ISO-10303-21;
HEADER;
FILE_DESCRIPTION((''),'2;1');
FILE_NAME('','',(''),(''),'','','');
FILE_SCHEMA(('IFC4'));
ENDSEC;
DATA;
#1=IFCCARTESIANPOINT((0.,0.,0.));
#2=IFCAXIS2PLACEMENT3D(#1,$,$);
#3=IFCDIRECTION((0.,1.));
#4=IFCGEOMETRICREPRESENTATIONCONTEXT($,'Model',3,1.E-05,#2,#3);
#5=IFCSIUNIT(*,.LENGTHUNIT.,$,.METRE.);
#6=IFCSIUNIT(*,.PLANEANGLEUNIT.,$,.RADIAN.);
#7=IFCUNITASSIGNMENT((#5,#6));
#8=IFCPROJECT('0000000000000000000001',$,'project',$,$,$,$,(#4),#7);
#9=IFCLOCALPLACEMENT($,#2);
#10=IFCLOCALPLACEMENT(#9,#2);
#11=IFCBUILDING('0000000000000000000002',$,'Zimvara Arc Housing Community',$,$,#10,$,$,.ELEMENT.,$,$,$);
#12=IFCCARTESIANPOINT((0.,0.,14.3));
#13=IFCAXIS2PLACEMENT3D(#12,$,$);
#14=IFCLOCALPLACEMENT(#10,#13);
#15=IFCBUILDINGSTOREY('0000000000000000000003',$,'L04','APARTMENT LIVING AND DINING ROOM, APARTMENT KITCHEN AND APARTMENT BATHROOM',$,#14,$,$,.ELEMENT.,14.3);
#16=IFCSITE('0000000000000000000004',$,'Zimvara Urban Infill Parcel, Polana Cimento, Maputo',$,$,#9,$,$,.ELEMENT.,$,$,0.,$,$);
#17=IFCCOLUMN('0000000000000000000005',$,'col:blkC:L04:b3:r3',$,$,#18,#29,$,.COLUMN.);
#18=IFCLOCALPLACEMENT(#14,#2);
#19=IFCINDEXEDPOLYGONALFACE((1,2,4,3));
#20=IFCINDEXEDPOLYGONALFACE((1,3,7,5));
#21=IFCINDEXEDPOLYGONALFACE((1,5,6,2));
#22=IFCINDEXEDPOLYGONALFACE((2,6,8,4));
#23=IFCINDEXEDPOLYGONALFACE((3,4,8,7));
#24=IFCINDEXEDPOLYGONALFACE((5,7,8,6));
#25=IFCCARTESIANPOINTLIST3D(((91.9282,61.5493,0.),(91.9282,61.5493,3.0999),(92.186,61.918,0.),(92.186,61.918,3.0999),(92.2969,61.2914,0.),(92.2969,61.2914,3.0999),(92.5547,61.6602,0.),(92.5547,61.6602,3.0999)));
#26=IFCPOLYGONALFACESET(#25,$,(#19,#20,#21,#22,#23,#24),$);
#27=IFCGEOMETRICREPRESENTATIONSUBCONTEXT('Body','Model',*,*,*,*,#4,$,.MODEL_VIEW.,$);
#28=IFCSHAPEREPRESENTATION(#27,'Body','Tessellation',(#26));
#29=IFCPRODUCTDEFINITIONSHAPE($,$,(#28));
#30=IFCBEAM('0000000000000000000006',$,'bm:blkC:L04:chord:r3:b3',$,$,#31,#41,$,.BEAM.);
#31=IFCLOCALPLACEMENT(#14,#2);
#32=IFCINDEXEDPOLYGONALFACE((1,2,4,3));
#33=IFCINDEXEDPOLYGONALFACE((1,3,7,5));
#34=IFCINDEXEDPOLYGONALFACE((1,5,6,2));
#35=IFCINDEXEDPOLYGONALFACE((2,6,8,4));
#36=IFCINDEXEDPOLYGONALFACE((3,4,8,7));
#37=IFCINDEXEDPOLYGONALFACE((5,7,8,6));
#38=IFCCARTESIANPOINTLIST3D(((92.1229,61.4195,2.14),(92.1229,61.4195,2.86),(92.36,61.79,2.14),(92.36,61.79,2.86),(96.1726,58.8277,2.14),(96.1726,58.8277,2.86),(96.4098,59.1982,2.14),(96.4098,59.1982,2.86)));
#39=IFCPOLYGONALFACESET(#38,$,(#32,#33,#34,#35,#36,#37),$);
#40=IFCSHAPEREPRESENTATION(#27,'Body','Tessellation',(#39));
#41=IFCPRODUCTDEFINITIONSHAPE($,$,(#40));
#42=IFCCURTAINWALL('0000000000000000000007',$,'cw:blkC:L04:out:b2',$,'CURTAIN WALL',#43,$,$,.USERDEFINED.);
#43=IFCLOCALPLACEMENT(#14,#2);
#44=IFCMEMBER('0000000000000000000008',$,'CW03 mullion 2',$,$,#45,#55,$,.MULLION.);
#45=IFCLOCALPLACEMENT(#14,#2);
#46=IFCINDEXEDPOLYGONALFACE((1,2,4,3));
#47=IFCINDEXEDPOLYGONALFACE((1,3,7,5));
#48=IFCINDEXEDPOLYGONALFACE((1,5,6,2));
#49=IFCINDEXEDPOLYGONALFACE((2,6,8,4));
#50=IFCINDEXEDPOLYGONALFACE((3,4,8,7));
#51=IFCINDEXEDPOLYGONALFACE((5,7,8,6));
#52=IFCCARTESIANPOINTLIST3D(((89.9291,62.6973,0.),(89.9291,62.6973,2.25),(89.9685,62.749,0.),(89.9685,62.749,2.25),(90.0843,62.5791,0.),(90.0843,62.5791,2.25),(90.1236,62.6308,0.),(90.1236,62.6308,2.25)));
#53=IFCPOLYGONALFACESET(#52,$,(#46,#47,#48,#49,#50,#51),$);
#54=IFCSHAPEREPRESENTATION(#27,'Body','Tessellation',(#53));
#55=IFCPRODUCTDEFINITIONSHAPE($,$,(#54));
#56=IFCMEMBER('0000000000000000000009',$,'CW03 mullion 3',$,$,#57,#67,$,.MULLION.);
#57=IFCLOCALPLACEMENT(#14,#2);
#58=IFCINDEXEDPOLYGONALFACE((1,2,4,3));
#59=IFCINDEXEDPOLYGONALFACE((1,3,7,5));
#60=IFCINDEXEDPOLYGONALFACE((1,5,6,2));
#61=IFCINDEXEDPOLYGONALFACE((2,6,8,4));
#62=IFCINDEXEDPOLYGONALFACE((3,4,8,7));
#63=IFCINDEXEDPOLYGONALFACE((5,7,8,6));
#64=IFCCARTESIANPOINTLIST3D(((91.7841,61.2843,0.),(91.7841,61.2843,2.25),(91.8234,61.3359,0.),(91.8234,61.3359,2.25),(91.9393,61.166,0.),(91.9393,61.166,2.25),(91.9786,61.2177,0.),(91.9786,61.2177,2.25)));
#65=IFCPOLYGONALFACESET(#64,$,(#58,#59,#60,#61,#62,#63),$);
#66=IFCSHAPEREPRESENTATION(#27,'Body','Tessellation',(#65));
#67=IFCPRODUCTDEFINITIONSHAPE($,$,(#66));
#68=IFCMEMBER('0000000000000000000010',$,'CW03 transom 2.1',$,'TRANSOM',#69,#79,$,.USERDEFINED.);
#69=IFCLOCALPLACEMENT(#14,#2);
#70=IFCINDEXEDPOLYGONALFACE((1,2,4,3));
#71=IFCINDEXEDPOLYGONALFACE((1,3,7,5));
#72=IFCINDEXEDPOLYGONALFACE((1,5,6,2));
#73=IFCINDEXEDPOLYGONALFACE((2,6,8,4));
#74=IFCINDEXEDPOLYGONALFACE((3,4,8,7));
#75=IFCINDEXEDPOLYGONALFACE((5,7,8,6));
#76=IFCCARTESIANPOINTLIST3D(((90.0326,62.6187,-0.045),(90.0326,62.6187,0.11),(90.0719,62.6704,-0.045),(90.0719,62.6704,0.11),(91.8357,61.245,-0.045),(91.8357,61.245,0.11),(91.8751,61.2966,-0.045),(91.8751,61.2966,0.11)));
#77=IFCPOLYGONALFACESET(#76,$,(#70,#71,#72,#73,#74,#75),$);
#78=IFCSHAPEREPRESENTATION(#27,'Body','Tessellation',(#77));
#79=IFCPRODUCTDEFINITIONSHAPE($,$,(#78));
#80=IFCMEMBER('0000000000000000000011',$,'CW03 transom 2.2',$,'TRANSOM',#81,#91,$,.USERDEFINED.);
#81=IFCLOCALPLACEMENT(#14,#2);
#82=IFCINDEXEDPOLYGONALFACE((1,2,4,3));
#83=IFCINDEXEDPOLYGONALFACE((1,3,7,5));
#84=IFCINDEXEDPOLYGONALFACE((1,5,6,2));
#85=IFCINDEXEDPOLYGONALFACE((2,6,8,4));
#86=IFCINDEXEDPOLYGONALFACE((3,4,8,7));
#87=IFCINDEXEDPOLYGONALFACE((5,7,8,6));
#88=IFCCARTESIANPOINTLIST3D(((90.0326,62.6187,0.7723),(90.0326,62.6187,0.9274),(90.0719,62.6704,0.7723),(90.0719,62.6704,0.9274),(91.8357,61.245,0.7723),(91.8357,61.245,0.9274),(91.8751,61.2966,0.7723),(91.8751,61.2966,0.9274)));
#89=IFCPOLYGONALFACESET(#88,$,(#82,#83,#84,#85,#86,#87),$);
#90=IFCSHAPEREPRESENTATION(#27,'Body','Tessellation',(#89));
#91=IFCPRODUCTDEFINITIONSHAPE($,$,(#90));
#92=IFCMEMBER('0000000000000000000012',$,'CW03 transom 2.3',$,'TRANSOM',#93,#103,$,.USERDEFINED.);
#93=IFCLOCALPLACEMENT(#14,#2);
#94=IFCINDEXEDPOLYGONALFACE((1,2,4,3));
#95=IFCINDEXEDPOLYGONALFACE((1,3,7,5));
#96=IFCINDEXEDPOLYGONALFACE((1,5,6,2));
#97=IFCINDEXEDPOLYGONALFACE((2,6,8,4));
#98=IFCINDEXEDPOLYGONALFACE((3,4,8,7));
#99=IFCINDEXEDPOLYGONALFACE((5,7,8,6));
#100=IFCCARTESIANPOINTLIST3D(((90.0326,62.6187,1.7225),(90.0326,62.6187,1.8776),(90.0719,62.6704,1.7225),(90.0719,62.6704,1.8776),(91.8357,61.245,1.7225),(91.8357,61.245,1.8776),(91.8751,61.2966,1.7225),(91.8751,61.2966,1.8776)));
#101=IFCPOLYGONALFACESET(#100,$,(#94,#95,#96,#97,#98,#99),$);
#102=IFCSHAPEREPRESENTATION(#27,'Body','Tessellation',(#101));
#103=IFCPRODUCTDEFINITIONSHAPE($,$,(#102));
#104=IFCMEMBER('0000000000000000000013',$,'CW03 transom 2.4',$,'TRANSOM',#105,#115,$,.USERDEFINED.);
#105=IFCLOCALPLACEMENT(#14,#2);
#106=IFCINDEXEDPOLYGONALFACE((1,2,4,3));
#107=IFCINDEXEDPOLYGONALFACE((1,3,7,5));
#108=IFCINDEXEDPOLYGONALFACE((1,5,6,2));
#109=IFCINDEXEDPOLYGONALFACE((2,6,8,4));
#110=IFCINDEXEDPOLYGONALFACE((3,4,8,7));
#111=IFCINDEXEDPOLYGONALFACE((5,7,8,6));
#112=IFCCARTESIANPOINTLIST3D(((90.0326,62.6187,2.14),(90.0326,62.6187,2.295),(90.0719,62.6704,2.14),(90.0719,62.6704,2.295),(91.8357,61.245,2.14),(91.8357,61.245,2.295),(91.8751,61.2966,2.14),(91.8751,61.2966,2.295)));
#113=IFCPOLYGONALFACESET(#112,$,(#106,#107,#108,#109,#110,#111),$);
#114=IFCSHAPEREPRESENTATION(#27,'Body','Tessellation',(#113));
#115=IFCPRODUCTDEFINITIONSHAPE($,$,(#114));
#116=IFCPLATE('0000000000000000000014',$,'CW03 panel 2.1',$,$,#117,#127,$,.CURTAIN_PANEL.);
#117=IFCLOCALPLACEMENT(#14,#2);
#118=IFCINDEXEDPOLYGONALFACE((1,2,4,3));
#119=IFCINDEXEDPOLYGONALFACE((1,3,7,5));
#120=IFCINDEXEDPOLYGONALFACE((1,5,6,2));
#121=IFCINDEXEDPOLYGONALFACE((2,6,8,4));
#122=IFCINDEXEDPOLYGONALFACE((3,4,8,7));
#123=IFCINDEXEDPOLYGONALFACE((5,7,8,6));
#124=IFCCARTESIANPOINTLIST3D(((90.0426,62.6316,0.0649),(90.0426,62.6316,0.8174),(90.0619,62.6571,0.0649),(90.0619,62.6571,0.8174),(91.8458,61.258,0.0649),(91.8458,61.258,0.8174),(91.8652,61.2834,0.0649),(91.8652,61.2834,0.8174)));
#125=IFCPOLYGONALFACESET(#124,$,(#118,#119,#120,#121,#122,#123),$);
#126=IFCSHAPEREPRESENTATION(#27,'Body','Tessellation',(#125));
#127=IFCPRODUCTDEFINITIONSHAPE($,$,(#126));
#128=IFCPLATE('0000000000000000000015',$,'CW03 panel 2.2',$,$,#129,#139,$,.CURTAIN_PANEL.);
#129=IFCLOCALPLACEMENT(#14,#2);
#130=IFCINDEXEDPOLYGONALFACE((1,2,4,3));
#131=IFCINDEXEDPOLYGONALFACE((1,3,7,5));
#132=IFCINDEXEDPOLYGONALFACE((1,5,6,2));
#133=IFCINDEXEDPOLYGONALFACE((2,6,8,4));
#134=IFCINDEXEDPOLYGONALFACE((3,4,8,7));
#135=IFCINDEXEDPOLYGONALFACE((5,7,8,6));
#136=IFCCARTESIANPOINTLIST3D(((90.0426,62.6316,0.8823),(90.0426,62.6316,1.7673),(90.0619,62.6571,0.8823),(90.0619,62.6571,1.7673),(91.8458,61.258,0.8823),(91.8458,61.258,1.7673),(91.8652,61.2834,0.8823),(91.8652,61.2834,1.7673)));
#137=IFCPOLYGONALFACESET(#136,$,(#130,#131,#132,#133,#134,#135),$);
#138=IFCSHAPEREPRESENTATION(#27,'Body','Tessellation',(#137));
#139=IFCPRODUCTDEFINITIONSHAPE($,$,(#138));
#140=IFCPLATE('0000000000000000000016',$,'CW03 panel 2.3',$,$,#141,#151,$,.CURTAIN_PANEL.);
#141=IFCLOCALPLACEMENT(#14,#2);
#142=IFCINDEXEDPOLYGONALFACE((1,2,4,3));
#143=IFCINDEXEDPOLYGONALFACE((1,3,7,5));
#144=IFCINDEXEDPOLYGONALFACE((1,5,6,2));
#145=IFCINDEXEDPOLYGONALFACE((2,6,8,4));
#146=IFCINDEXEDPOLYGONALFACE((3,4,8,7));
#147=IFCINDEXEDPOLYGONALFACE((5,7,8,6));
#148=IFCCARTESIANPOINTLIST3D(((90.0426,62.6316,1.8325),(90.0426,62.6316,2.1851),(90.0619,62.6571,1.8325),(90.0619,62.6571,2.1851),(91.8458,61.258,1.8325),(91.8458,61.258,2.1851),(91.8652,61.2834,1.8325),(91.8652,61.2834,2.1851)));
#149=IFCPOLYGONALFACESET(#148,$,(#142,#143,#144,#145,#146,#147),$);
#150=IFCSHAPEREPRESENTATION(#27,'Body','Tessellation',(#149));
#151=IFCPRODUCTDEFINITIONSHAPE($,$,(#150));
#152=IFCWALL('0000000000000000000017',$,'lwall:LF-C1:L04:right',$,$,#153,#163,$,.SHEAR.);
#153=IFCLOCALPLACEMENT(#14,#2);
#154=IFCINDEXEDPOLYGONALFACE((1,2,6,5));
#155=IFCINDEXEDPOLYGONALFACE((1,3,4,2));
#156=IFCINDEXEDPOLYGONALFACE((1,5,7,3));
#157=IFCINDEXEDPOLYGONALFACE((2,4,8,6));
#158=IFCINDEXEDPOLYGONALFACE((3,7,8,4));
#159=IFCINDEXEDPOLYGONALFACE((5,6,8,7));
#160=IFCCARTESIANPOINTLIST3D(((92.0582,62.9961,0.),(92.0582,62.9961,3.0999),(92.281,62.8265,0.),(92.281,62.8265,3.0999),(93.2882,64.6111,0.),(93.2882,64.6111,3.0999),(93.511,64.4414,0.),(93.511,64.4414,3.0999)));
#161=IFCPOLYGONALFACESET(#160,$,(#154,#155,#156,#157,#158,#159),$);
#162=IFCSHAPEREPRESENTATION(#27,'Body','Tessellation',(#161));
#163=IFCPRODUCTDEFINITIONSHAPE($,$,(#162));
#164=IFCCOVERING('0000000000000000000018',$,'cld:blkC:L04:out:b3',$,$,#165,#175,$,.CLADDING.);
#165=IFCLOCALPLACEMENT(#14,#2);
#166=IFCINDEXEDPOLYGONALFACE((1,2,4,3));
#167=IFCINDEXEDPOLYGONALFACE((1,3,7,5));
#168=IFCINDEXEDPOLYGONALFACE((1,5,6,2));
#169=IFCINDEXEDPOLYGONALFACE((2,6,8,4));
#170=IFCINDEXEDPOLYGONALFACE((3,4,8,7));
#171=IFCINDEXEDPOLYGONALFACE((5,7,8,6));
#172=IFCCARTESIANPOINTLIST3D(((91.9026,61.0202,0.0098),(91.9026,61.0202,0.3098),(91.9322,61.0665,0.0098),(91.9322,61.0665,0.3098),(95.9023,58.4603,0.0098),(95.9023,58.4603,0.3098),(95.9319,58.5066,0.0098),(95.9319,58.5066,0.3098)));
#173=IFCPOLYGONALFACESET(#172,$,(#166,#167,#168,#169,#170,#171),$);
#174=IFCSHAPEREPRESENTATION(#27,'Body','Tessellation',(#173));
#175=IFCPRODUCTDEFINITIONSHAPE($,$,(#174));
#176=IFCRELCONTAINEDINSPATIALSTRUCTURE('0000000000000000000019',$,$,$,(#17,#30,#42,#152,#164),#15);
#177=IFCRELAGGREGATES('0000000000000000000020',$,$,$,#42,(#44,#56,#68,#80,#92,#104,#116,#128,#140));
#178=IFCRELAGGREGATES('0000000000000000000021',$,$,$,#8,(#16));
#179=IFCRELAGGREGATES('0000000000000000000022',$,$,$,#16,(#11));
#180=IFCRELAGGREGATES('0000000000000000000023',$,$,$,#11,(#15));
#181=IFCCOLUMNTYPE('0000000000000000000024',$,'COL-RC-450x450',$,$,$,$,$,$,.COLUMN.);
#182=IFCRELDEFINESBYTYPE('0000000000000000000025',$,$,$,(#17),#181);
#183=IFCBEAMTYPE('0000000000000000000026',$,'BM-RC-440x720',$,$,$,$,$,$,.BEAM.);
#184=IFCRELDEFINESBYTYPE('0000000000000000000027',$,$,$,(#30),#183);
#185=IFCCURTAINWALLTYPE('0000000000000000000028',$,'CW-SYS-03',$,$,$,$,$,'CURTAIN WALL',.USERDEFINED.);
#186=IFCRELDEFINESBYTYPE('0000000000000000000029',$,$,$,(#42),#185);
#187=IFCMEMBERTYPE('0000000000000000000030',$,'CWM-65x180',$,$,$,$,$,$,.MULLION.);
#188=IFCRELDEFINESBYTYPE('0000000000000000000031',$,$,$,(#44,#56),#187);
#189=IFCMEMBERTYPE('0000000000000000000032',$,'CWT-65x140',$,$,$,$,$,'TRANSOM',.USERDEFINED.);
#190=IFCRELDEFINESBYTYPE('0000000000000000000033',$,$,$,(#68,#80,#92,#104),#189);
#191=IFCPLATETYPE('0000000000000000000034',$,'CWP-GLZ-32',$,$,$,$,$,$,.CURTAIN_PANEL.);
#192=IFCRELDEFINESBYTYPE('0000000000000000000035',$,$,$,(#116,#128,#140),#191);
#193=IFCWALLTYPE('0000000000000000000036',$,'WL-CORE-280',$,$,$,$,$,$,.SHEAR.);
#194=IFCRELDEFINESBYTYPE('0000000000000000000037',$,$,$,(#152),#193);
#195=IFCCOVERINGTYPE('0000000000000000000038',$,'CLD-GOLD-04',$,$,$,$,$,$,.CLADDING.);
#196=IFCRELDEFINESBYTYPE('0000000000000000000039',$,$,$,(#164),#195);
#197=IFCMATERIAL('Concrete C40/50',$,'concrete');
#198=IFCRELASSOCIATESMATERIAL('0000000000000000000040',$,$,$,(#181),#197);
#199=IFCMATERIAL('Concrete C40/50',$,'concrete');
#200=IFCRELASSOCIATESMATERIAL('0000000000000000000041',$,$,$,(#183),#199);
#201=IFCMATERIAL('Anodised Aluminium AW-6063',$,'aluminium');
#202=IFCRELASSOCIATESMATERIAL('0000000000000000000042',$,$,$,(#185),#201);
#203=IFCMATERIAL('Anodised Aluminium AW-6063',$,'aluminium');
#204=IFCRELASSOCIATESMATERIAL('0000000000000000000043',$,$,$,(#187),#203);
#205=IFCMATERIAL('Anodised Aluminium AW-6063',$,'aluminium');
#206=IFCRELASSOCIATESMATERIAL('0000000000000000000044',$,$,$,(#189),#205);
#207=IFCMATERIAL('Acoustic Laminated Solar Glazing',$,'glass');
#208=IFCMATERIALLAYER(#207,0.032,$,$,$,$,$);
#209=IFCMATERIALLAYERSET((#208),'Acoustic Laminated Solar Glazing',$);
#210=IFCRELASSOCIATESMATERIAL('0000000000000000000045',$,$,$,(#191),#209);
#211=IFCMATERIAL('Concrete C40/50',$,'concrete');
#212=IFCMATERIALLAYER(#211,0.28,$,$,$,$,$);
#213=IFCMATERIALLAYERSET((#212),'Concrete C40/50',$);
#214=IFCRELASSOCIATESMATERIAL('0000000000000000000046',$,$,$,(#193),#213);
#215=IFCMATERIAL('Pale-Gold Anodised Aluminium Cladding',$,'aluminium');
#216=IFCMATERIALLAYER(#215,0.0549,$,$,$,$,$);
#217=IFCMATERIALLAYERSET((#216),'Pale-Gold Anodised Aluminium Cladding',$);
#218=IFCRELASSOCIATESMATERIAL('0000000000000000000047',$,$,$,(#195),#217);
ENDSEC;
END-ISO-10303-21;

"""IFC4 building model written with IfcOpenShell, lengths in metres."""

from ifc_helpers import new_model, si_unit, direction, frame, frame_2d, origin, origin_2d, place, context, subcontext, project, spatial, rectangle, extrude, material, layer, layer_set, material_profile, profile_set, type_object, element, aggregate, save


model = new_model("IFC4")

# Units and contexts
model_context = context("Model", 3, precision=1e-05, world=origin(), true_north=direction((0.0, 1.0)))
body_context = subcontext(model_context, "Body", "Model", "MODEL_VIEW")
ifc_project = project(units=[si_unit("LENGTHUNIT", "METRE"), si_unit("PLANEANGLEUNIT", "RADIAN")], contexts=[model_context])

# Site, building, storey
site_placement = place(None, origin())
site = spatial("IfcSite", under=ifc_project, at=site_placement, Name="Zimvara Urban Infill Parcel, Polana Cimento, Maputo", CompositionType="ELEMENT", RefElevation=0.0)
building_placement = place(site_placement, origin())
building = spatial("IfcBuilding", under=site, at=building_placement, Name="Zimvara Arc Housing Community", CompositionType="ELEMENT")
storey_placement = place(building_placement, frame((0.0, 0.0, 14.3)))
storey = spatial("IfcBuildingStorey", under=building, at=storey_placement, Name="L04", Description="APARTMENT LIVING AND DINING ROOM, APARTMENT KITCHEN AND APARTMENT BATHROOM", CompositionType="ELEMENT", Elevation=14.3)

# Column
ifc_material_1 = material(Name="Concrete C40/50", Category="concrete")
ifc_material_profile_1 = material_profile(ifc_material_1, rectangle(XDim=0.45, YDim=0.45, at=origin_2d()), Name="RC 450x450")
ifc_profile_set_1 = profile_set([ifc_material_profile_1], Name="Concrete C40/50")
column_type = type_object("IfcColumnType", Name="COL-RC-450x450", PredefinedType="COLUMN", material=ifc_profile_set_1)
column_placement = place(storey_placement, frame((92.2415, 61.6047, 0.0), z_axis=(0.0, 0.0, 1.0), x_axis=(-0.573004, -0.819552, 0.0)))
element("IfcColumn", 1, at=column_placement, inside=storey, type_object=column_type, Name="col:blkC:L04:b3:r3", PredefinedType="COLUMN", context=body_context, shape_type="SweptSolid", body=[
    extrude(rectangle(XDim=0.45, YDim=0.45, at=origin_2d()), origin(), (0.0, 0.0, 1.0), 3.0999),
])

# Beam
ifc_material_2 = material(Name="Concrete C40/50", Category="concrete")
ifc_material_profile_2 = material_profile(ifc_material_2, rectangle(XDim=0.4399, YDim=0.72, at=origin_2d()), Name="RC 440x720")
ifc_profile_set_2 = profile_set([ifc_material_profile_2], Name="Concrete C40/50")
beam_type = type_object("IfcBeamType", Name="BM-RC-440x720", PredefinedType="BEAM", material=ifc_profile_set_2)
beam_placement = place(storey_placement, frame((92.2415, 61.6047, 2.5), z_axis=(0.842279, -0.539042, 0.0), x_axis=(0.539042, 0.842279, 0.0)))
element("IfcBeam", 2, at=beam_placement, inside=storey, type_object=beam_type, Name="bm:blkC:L04:chord:r3:b3", PredefinedType="BEAM", context=body_context, shape_type="SweptSolid", body=[
    extrude(rectangle(XDim=0.4399, YDim=0.72, at=origin_2d()), origin(), (0.0, 0.0, 1.0), 4.8081),
])

# Curtain wall, members, plates
ifc_material_3 = material(Name="Anodised Aluminium AW-6063", Category="aluminium")
curtain_wall_type = type_object("IfcCurtainWallType", Name="CW-SYS-03", ElementType="CURTAIN WALL", PredefinedType="USERDEFINED", material=ifc_material_3)
curtain_wall_placement = place(storey_placement, origin())
curtain_wall = element("IfcCurtainWall", 3, at=curtain_wall_placement, inside=storey, type_object=curtain_wall_type, Name="cw:blkC:L04:out:b2", ObjectType="CURTAIN WALL", PredefinedType="USERDEFINED")
ifc_material_4 = material(Name="Anodised Aluminium AW-6063", Category="aluminium")
ifc_material_profile_3 = material_profile(ifc_material_4, rectangle(XDim=0.0649, YDim=0.1951, at=origin_2d()), Name="ALU 65x195")
ifc_profile_set_3 = profile_set([ifc_material_profile_3], Name="Anodised Aluminium AW-6063")
member_type_1 = type_object("IfcMemberType", Name="CWM-65x180", PredefinedType="MULLION", material=ifc_profile_set_3)
member_1_placement = place(storey_placement, frame((90.0264, 62.6641, 0.0), z_axis=(0.0, 0.0, 1.0), x_axis=(0.605988, 0.795474, 0.0)))
member_1 = element("IfcMember", 4, at=member_1_placement, type_object=member_type_1, Name="CW03 mullion 2", PredefinedType="MULLION", context=body_context, shape_type="SweptSolid", body=[
    extrude(rectangle(XDim=0.0649, YDim=0.1951, at=origin_2d()), origin(), (0.0, 0.0, 1.0), 2.25),
])
member_2_placement = place(storey_placement, frame((91.8813, 61.251, 0.0), z_axis=(0.0, 0.0, 1.0), x_axis=(0.605988, 0.795474, 0.0)))
member_2 = element("IfcMember", 5, at=member_2_placement, type_object=member_type_1, Name="CW03 mullion 3", PredefinedType="MULLION", context=body_context, shape_type="SweptSolid", body=[
    extrude(rectangle(XDim=0.0649, YDim=0.1951, at=origin_2d()), origin(), (0.0, 0.0, 1.0), 2.25),
])
ifc_material_5 = material(Name="Anodised Aluminium AW-6063", Category="aluminium")
ifc_material_profile_4 = material_profile(ifc_material_5, rectangle(XDim=0.0649, YDim=0.155, at=origin_2d()), Name="ALU 65x155")
ifc_profile_set_4 = profile_set([ifc_material_profile_4], Name="Anodised Aluminium AW-6063")
member_type_2 = type_object("IfcMemberType", Name="CWT-65x140", ElementType="TRANSOM", PredefinedType="USERDEFINED", material=ifc_profile_set_4)
member_3_placement = place(storey_placement, frame((90.0522, 62.6445, 0.0325), z_axis=(0.795454, -0.606014, 0.0), x_axis=(0.606014, 0.795454, 0.0)))
member_3 = element("IfcMember", 6, at=member_3_placement, type_object=member_type_2, Name="CW03 transom 2.1", ObjectType="TRANSOM", PredefinedType="USERDEFINED", context=body_context, shape_type="SweptSolid", body=[
    extrude(rectangle(XDim=0.0649, YDim=0.155, at=origin_2d()), origin(), (0.0, 0.0, 1.0), 2.2668),
])
member_4_placement = place(storey_placement, frame((90.0522, 62.6445, 0.8499), z_axis=(0.795454, -0.606014, 0.0), x_axis=(0.606014, 0.795454, 0.0)))
member_4 = element("IfcMember", 7, at=member_4_placement, type_object=member_type_2, Name="CW03 transom 2.2", ObjectType="TRANSOM", PredefinedType="USERDEFINED", context=body_context, shape_type="SweptSolid", body=[
    extrude(rectangle(XDim=0.0649, YDim=0.155, at=origin_2d()), origin(), (0.0, 0.0, 1.0), 2.2668),
])
member_5_placement = place(storey_placement, frame((90.0522, 62.6445, 1.8), z_axis=(0.795454, -0.606014, 0.0), x_axis=(0.606014, 0.795454, 0.0)))
member_5 = element("IfcMember", 8, at=member_5_placement, type_object=member_type_2, Name="CW03 transom 2.3", ObjectType="TRANSOM", PredefinedType="USERDEFINED", context=body_context, shape_type="SweptSolid", body=[
    extrude(rectangle(XDim=0.0649, YDim=0.155, at=origin_2d()), origin(), (0.0, 0.0, 1.0), 2.2668),
])
member_6_placement = place(storey_placement, frame((90.0522, 62.6445, 2.2175), z_axis=(0.795454, -0.606014, 0.0), x_axis=(0.606014, 0.795454, 0.0)))
member_6 = element("IfcMember", 9, at=member_6_placement, type_object=member_type_2, Name="CW03 transom 2.4", ObjectType="TRANSOM", PredefinedType="USERDEFINED", context=body_context, shape_type="SweptSolid", body=[
    extrude(rectangle(XDim=0.0649, YDim=0.155, at=origin_2d()), origin(), (0.0, 0.0, 1.0), 2.2668),
])
ifc_material_6 = material(Name="Acoustic Laminated Solar Glazing", Category="glass")
ifc_layer_1 = layer(ifc_material_6, 0.032)
ifc_layer_set_1 = layer_set([ifc_layer_1], Name="Acoustic Laminated Solar Glazing")
plate_type = type_object("IfcPlateType", Name="CWP-GLZ-32", PredefinedType="CURTAIN_PANEL", material=ifc_layer_set_1)
plate_1_placement = place(storey_placement, frame((90.9539, 61.9575, 0.0649), z_axis=(0.0, 0.0, 1.0), x_axis=(0.795474, -0.605988, 0.0)))
plate_1 = element("IfcPlate", 10, at=plate_1_placement, type_object=plate_type, Name="CW03 panel 2.1", PredefinedType="CURTAIN_PANEL", context=body_context, shape_type="SweptSolid", body=[
    extrude(rectangle(XDim=2.2668, YDim=0.032, at=origin_2d()), origin(), (0.0, 0.0, 1.0), 0.7524),
])
plate_2_placement = place(storey_placement, frame((90.9539, 61.9575, 0.8823), z_axis=(0.0, 0.0, 1.0), x_axis=(0.795474, -0.605988, 0.0)))
plate_2 = element("IfcPlate", 11, at=plate_2_placement, type_object=plate_type, Name="CW03 panel 2.2", PredefinedType="CURTAIN_PANEL", context=body_context, shape_type="SweptSolid", body=[
    extrude(rectangle(XDim=2.2668, YDim=0.032, at=origin_2d()), origin(), (0.0, 0.0, 1.0), 0.885),
])
plate_3_placement = place(storey_placement, frame((90.9539, 61.9575, 1.8325), z_axis=(0.0, 0.0, 1.0), x_axis=(0.795474, -0.605988, 0.0)))
plate_3 = element("IfcPlate", 12, at=plate_3_placement, type_object=plate_type, Name="CW03 panel 2.3", PredefinedType="CURTAIN_PANEL", context=body_context, shape_type="SweptSolid", body=[
    extrude(rectangle(XDim=2.2668, YDim=0.032, at=origin_2d()), origin(), (0.0, 0.0, 1.0), 0.3525),
])
aggregate(curtain_wall, [member_1, member_2, member_3, member_4, member_5, member_6, plate_1, plate_2, plate_3])

# Wall
ifc_material_7 = material(Name="Concrete C40/50", Category="concrete")
ifc_layer_2 = layer(ifc_material_7, 0.28)
ifc_layer_set_2 = layer_set([ifc_layer_2], Name="Concrete C40/50")
wall_type_1 = type_object("IfcWallType", Name="WL-CORE-280", PredefinedType="SHEAR", material=ifc_layer_set_2)
wall_1_placement = place(storey_placement, frame((93.3997, 64.5264, 0.0), z_axis=(0.0, 0.0, 1.0), x_axis=(-0.605891, -0.795548, 0.0)))
element("IfcWall", 13, at=wall_1_placement, inside=storey, type_object=wall_type_1, Name="lwall:LF-C1:L04:right", PredefinedType="SHEAR", context=body_context, shape_type="SweptSolid", body=[
    extrude(rectangle(XDim=2.03, YDim=0.28, at=frame_2d((1.0151, 0.0))), origin(), (0.0, 0.0, 1.0), 3.0999),
])

# Covering
ifc_material_8 = material(Name="Pale-Gold Anodised Aluminium Cladding", Category="aluminium")
ifc_layer_3 = layer(ifc_material_8, 0.0549)
ifc_layer_set_3 = layer_set([ifc_layer_3], Name="Pale-Gold Anodised Aluminium Cladding")
covering_type = type_object("IfcCoveringType", Name="CLD-GOLD-04", PredefinedType="CLADDING", material=ifc_layer_set_3)
covering_placement = place(storey_placement, frame((93.9172, 59.7634, 0.0098), z_axis=(0.0, 0.0, 1.0), x_axis=(0.842265, -0.539063, 0.0)))
element("IfcCovering", 14, at=covering_placement, inside=storey, type_object=covering_type, Name="cld:blkC:L04:out:b3", PredefinedType="CLADDING", context=body_context, shape_type="SweptSolid", body=[
    extrude(rectangle(XDim=4.7488, YDim=0.0549, at=origin_2d()), origin(), (0.0, 0.0, 1.0), 0.3),
])

save(model, "model.ifc")
